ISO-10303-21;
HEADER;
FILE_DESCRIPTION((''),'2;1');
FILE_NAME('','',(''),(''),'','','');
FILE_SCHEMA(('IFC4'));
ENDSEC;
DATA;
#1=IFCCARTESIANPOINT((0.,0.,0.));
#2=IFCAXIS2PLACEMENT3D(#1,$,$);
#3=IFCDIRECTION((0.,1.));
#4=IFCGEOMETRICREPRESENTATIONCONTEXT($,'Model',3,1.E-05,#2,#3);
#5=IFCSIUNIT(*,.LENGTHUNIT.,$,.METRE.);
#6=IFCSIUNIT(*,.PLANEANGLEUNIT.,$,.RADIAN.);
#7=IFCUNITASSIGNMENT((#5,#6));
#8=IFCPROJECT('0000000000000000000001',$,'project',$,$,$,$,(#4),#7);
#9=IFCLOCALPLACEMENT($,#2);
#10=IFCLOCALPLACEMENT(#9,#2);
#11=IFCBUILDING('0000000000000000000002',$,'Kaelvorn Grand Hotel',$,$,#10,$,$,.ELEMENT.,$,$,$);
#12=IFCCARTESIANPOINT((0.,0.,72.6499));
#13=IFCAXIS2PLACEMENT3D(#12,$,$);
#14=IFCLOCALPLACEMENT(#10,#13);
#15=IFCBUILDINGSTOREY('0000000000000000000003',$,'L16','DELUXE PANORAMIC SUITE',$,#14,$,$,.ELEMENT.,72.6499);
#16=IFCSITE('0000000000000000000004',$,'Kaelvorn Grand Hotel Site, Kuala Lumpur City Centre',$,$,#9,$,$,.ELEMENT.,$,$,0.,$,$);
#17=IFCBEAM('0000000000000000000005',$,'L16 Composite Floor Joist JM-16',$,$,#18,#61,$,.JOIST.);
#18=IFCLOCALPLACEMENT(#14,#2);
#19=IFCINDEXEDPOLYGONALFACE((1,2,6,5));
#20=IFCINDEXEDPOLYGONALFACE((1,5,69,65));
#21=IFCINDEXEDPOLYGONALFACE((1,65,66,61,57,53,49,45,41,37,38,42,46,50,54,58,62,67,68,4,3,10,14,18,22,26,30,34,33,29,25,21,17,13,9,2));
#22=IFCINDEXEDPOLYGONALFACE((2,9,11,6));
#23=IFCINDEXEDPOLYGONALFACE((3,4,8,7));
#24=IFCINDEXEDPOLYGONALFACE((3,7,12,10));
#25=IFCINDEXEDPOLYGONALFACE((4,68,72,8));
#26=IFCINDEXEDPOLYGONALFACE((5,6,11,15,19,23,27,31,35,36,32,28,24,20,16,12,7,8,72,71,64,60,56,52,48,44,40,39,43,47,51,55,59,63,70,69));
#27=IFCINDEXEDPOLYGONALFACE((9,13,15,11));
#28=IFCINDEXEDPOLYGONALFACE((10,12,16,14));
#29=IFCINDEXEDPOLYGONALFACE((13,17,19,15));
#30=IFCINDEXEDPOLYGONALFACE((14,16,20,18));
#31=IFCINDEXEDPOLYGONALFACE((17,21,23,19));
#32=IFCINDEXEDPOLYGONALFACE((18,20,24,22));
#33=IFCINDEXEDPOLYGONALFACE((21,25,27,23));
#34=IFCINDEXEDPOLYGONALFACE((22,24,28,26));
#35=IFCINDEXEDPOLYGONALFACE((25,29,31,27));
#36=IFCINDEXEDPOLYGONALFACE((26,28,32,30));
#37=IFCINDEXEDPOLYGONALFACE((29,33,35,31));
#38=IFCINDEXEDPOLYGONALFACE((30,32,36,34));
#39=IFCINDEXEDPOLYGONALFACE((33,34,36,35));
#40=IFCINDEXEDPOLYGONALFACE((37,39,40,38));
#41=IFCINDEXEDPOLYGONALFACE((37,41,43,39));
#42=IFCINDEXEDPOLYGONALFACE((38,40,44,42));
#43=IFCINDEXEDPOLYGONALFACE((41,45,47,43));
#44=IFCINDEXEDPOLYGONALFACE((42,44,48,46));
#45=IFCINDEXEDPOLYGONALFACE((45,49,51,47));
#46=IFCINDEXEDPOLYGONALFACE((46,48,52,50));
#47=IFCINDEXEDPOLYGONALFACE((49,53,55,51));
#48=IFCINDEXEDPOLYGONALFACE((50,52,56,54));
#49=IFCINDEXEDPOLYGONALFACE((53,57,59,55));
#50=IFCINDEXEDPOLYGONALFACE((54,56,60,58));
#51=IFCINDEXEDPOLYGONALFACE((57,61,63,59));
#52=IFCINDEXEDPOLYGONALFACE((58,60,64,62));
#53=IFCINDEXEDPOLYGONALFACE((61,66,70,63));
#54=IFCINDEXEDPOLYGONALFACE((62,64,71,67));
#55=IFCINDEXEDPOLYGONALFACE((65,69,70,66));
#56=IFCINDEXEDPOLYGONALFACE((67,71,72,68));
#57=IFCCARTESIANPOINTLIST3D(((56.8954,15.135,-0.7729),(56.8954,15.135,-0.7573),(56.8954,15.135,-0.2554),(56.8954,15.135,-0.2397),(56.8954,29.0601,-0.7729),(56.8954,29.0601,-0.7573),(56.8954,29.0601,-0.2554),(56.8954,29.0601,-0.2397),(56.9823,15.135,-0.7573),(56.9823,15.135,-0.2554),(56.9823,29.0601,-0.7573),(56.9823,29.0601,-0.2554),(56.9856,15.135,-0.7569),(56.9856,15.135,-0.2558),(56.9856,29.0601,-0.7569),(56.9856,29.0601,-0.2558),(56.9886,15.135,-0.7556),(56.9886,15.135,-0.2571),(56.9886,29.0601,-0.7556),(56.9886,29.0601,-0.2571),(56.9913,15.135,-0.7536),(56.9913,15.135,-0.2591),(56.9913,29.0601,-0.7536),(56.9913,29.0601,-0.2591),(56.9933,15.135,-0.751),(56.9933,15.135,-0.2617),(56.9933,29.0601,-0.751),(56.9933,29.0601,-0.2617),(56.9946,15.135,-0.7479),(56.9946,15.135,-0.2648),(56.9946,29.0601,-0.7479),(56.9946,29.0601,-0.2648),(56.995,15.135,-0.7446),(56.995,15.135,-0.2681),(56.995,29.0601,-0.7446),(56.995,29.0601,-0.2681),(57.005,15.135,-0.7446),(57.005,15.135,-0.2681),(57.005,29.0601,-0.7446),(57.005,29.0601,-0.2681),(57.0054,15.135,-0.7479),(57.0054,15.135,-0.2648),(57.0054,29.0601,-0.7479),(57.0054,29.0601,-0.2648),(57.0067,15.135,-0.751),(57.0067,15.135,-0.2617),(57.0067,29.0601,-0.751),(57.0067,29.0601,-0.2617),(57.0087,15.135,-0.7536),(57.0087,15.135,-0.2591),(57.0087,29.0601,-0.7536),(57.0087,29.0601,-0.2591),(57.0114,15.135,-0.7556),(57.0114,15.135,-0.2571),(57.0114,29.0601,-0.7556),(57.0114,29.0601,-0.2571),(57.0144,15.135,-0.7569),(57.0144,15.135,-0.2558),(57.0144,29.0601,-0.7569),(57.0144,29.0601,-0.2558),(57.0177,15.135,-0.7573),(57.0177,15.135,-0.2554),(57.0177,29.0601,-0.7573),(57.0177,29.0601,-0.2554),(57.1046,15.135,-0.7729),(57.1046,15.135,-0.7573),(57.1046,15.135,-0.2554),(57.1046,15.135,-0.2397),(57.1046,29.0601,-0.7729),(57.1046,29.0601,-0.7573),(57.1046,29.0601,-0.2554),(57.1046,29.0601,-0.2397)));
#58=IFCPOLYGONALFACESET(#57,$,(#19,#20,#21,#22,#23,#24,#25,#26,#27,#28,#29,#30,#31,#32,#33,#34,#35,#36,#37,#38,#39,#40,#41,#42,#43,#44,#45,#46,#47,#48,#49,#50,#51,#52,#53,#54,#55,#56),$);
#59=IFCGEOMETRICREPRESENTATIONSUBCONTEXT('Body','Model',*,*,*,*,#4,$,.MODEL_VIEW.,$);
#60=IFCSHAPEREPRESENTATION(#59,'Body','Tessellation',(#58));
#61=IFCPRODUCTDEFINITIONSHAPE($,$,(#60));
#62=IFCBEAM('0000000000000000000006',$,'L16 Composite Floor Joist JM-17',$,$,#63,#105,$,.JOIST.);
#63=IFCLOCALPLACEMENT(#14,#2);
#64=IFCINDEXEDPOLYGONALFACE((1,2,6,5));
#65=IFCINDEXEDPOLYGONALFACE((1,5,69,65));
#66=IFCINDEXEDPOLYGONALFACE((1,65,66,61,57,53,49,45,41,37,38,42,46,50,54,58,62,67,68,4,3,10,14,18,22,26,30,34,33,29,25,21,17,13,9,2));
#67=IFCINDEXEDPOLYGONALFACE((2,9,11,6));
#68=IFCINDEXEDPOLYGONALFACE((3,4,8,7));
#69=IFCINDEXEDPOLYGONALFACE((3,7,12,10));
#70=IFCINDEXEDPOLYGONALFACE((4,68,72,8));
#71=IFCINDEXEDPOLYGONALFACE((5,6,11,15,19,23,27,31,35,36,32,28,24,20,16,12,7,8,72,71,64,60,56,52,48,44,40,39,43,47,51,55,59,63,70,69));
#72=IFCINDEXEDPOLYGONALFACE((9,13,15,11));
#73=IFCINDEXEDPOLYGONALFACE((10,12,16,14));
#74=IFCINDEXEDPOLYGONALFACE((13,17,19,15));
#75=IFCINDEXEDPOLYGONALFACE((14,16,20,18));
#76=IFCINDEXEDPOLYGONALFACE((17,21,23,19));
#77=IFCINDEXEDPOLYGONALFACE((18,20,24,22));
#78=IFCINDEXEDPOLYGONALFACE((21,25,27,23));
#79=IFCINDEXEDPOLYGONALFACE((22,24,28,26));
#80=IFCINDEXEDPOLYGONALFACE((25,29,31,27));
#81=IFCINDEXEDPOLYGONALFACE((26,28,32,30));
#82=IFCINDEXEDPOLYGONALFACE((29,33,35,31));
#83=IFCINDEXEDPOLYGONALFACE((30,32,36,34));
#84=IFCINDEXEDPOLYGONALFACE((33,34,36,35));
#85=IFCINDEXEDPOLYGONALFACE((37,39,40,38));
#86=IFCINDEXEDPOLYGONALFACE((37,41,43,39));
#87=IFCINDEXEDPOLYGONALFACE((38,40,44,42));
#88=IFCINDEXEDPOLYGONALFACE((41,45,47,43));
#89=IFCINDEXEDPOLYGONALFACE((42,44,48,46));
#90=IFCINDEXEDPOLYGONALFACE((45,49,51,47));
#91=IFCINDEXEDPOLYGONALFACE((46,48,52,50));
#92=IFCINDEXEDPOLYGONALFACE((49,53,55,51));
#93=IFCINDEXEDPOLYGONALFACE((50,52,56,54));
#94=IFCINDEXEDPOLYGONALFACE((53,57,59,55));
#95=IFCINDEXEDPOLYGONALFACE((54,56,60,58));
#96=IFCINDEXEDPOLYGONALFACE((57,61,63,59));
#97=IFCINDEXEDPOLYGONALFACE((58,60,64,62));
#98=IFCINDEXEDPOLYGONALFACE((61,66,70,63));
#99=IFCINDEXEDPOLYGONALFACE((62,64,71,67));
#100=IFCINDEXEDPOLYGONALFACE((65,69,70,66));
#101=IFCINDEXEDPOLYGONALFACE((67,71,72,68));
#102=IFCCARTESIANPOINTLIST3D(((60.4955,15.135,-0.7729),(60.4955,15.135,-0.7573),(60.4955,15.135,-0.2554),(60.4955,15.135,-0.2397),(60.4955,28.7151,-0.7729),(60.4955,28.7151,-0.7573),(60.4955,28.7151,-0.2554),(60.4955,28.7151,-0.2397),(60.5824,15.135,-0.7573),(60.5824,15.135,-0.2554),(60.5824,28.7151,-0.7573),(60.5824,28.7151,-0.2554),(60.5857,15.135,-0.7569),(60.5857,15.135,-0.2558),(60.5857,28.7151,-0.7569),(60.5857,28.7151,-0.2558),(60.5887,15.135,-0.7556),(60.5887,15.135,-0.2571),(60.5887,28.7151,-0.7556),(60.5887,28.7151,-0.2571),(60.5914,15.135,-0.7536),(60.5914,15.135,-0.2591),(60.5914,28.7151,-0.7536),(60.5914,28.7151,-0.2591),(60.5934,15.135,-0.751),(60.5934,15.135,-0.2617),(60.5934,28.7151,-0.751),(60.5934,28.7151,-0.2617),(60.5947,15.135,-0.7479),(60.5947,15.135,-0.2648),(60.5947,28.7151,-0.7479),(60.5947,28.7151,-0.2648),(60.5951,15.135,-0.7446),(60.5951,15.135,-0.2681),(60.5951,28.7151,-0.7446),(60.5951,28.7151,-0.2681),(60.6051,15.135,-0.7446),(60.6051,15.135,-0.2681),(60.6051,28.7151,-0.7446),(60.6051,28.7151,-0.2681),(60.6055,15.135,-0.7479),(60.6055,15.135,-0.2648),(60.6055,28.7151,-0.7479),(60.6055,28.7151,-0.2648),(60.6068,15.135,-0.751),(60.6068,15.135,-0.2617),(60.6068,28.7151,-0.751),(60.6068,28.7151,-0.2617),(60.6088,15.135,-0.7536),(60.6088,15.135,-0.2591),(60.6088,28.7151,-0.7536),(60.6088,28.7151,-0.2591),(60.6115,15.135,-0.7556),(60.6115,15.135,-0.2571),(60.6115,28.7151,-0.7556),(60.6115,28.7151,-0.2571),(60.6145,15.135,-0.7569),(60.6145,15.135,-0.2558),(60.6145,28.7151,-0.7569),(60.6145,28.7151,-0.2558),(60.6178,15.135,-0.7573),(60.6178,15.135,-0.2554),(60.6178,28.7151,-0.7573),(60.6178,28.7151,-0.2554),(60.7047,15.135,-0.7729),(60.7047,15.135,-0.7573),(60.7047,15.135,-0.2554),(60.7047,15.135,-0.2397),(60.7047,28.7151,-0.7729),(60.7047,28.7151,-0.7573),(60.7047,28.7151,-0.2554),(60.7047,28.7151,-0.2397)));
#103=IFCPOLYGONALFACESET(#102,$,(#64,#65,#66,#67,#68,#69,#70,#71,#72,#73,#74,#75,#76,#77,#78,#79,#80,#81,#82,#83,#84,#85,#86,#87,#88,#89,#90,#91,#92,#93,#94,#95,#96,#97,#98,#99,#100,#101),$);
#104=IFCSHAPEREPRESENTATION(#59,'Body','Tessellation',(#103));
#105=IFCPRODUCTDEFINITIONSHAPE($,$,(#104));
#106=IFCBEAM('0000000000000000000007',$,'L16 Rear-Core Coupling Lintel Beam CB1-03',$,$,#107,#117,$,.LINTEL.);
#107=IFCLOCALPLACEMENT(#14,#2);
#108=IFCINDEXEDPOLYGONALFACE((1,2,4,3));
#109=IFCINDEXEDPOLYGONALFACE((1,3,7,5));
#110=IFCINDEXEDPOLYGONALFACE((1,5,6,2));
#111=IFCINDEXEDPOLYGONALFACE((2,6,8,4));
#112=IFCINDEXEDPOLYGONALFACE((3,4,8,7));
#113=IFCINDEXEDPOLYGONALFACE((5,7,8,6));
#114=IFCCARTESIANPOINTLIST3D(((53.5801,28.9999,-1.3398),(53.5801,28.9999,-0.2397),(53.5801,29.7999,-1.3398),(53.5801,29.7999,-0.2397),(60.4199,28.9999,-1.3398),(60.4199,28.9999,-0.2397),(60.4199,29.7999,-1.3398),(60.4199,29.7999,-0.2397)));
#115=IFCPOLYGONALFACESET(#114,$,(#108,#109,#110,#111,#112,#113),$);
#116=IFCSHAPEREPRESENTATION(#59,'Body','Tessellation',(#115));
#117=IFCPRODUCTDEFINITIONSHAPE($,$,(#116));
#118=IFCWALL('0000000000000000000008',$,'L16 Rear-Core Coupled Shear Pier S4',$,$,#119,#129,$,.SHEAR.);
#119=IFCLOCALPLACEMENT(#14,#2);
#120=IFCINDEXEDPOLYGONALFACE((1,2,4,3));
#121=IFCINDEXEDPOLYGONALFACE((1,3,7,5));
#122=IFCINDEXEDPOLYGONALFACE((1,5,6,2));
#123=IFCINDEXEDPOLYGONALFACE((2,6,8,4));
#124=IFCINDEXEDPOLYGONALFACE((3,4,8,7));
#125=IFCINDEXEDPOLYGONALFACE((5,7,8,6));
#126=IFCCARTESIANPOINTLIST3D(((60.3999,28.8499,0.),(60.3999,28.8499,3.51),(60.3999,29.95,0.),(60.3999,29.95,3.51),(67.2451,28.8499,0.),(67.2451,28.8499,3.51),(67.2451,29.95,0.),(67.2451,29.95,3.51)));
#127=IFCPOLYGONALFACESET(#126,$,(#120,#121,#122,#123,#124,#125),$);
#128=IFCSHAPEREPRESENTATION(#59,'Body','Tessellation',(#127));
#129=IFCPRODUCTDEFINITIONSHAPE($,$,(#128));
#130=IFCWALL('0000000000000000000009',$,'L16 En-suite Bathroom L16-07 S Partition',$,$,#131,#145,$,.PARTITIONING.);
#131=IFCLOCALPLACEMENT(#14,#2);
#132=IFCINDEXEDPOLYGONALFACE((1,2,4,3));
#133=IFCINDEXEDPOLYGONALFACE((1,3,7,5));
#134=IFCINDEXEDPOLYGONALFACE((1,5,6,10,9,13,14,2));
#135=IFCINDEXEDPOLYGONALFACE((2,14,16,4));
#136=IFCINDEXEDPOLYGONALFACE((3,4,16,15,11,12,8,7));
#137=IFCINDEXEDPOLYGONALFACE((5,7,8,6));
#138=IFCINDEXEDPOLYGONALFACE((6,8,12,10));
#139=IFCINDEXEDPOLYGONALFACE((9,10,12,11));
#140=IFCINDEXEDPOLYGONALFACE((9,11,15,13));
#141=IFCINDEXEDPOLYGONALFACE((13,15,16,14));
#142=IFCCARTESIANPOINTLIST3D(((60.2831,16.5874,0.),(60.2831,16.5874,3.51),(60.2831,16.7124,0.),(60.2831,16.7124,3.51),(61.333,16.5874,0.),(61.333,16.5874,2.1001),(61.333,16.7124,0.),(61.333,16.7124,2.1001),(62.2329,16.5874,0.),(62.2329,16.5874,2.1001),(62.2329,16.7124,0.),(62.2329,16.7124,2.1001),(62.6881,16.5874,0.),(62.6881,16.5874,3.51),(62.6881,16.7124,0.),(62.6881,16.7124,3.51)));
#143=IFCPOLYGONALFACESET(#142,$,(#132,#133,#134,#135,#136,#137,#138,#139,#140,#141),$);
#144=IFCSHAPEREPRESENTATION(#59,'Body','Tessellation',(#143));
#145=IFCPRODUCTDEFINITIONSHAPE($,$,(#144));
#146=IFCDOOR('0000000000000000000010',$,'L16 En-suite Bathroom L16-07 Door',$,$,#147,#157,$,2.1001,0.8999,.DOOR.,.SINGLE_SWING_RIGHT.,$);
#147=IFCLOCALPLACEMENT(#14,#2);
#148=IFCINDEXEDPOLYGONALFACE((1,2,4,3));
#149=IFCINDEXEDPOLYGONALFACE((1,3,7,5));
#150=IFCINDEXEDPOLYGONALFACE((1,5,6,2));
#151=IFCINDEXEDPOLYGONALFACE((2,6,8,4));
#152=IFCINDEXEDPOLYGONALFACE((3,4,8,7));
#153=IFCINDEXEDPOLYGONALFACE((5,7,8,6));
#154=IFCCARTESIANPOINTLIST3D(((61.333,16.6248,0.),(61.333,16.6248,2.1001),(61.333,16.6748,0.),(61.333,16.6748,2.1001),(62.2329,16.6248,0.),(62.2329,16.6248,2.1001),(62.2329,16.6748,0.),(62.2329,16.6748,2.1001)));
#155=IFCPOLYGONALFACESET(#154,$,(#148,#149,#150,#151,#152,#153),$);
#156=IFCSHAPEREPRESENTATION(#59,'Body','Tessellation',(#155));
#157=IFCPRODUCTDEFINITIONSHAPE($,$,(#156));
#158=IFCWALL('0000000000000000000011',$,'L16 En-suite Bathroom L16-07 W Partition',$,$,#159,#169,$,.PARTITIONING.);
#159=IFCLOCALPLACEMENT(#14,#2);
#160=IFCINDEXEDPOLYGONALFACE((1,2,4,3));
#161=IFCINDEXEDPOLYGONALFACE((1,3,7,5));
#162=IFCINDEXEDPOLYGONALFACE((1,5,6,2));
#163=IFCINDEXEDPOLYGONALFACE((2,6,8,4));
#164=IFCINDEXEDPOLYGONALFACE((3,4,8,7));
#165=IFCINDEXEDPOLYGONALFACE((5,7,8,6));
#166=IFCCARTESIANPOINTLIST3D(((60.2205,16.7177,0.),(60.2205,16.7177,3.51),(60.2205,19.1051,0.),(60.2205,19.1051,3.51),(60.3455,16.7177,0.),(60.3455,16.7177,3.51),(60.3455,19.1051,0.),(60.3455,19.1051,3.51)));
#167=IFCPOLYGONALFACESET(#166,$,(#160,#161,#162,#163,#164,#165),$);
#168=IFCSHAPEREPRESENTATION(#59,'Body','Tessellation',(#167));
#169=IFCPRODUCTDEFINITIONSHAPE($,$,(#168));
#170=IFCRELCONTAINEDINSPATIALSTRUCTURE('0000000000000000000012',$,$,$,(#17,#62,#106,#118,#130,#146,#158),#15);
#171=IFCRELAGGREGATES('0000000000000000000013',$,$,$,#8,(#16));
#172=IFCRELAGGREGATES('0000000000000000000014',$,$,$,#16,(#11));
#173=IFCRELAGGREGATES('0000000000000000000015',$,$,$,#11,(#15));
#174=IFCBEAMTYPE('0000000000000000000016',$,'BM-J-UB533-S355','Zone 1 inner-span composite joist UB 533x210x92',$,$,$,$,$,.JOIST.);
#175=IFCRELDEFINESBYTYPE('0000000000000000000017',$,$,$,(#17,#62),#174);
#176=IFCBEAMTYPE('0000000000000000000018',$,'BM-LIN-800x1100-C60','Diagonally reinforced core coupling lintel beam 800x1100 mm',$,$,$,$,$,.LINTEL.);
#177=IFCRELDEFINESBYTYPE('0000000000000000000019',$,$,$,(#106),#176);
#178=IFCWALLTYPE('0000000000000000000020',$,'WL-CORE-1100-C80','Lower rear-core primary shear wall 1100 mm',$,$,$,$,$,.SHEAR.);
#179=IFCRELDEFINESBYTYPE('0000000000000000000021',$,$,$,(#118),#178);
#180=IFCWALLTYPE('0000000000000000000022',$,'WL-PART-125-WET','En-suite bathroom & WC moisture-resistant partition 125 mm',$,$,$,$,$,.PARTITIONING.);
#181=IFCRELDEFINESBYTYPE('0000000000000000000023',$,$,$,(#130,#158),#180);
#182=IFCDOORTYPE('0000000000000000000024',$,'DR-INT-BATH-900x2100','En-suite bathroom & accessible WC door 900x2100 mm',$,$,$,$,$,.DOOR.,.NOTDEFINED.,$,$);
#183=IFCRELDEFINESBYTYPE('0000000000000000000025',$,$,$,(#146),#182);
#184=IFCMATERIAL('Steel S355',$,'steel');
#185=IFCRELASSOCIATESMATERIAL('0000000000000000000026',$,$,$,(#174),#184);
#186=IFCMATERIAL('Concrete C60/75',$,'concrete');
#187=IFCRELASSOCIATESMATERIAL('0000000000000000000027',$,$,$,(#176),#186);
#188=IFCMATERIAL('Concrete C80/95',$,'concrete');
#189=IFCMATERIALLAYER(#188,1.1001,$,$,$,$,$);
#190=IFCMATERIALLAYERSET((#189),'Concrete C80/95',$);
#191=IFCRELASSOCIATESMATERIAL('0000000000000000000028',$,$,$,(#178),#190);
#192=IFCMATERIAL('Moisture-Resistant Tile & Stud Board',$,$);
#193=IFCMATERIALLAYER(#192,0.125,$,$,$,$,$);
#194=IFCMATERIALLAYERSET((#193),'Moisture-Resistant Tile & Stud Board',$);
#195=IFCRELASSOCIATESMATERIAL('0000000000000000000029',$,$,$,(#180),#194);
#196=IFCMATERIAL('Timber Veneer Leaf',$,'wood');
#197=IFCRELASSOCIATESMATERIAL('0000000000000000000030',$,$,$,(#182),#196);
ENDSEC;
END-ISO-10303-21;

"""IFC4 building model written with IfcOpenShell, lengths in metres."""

from ifc_helpers import new_model, si_unit, direction, frame, frame_2d, origin, origin_2d, place, context, subcontext, project, spatial, rectangle, i_section, extrude, material, layer, layer_set, material_profile, profile_set, type_object, element, fill, save


model = new_model("IFC4")

# Units and contexts
model_context = context("Model", 3, precision=1e-05, world=origin(), true_north=direction((0.0, 1.0)))
body_context = subcontext(model_context, "Body", "Model", "MODEL_VIEW")
ifc_project = project(units=[si_unit("LENGTHUNIT", "METRE"), si_unit("PLANEANGLEUNIT", "RADIAN")], contexts=[model_context])

# Site, building, storey
site_placement = place(None, origin())
site = spatial("IfcSite", under=ifc_project, at=site_placement, Name="Kaelvorn Grand Hotel Site, Kuala Lumpur City Centre", CompositionType="ELEMENT", RefElevation=0.0)
building_placement = place(site_placement, origin())
building = spatial("IfcBuilding", under=site, at=building_placement, Name="Kaelvorn Grand Hotel", CompositionType="ELEMENT")
storey_placement = place(building_placement, frame((0.0, 0.0, 72.6499)))
storey = spatial("IfcBuildingStorey", under=building, at=storey_placement, Name="L16", Description="DELUXE PANORAMIC SUITE", CompositionType="ELEMENT", Elevation=72.6499)

# Beams
ifc_material_1 = material(Name="Steel S355", Category="steel")
ifc_material_profile_1 = material_profile(ifc_material_1, i_section(OverallWidth=0.2092, OverallDepth=0.5332, WebThickness=0.01, FlangeThickness=0.0156, FilletRadius=0.0127, at=origin_2d()), Name="UB 533x210x92")
ifc_profile_set_1 = profile_set([ifc_material_profile_1], Name="Steel S355")
beam_type_1 = type_object("IfcBeamType", Name="BM-J-UB533-S355", Description="Zone 1 inner-span composite joist UB 533x210x92", PredefinedType="JOIST", material=ifc_profile_set_1)
beam_1_placement = place(storey_placement, frame((57.0, 15.135, -0.5063), z_axis=(0.0, 1.0, 0.0), x_axis=(-1.0, 0.0, 0.0)))
element("IfcBeam", 1, at=beam_1_placement, inside=storey, type_object=beam_type_1, Name="L16 Composite Floor Joist JM-16", PredefinedType="JOIST", context=body_context, shape_type="SweptSolid", body=[
    extrude(i_section(OverallWidth=0.2092, OverallDepth=0.5332, WebThickness=0.01, FlangeThickness=0.0156, FilletRadius=0.0127, at=origin_2d()), origin(), (0.0, 0.0, 1.0), 13.925),
])
beam_2_placement = place(storey_placement, frame((60.6001, 15.135, -0.5063), z_axis=(0.0, 1.0, 0.0), x_axis=(-1.0, 0.0, 0.0)))
element("IfcBeam", 2, at=beam_2_placement, inside=storey, type_object=beam_type_1, Name="L16 Composite Floor Joist JM-17", PredefinedType="JOIST", context=body_context, shape_type="SweptSolid", body=[
    extrude(i_section(OverallWidth=0.2092, OverallDepth=0.5332, WebThickness=0.01, FlangeThickness=0.0156, FilletRadius=0.0127, at=origin_2d()), origin(), (0.0, 0.0, 1.0), 13.5801),
])
ifc_material_2 = material(Name="Concrete C60/75", Category="concrete")
ifc_material_profile_2 = material_profile(ifc_material_2, rectangle(XDim=0.8, YDim=1.1001, at=origin_2d()), Name="RC LINTEL 800x1100")
ifc_profile_set_2 = profile_set([ifc_material_profile_2], Name="Concrete C60/75")
beam_type_2 = type_object("IfcBeamType", Name="BM-LIN-800x1100-C60", Description="Diagonally reinforced core coupling lintel beam 800x1100 mm", PredefinedType="LINTEL", material=ifc_profile_set_2)
beam_3_placement = place(storey_placement, frame((53.5801, 29.3999, -0.7898), z_axis=(1.0, 0.0, 0.0), x_axis=(0.0, 1.0, 0.0)))
element("IfcBeam", 3, at=beam_3_placement, inside=storey, type_object=beam_type_2, Name="L16 Rear-Core Coupling Lintel Beam CB1-03", PredefinedType="LINTEL", context=body_context, shape_type="SweptSolid", body=[
    extrude(rectangle(XDim=0.8, YDim=1.1001, at=origin_2d()), origin(), (0.0, 0.0, 1.0), 6.8398),
])

# Wall
ifc_material_3 = material(Name="Concrete C80/95", Category="concrete")
ifc_layer_1 = layer(ifc_material_3, 1.1001)
ifc_layer_set_1 = layer_set([ifc_layer_1], Name="Concrete C80/95")
wall_type_1 = type_object("IfcWallType", Name="WL-CORE-1100-C80", Description="Lower rear-core primary shear wall 1100 mm", PredefinedType="SHEAR", material=ifc_layer_set_1)
wall_1_placement = place(storey_placement, frame((60.3999, 29.3999, 0.0), z_axis=(0.0, 0.0, 1.0), x_axis=(1.0, 0.0, 0.0)))
element("IfcWall", 4, at=wall_1_placement, inside=storey, type_object=wall_type_1, Name="L16 Rear-Core Coupled Shear Pier S4", PredefinedType="SHEAR", context=body_context, shape_type="SweptSolid", body=[
    extrude(rectangle(XDim=6.8452, YDim=1.1001, at=frame_2d((3.4226, 0.0))), origin(), (0.0, 0.0, 1.0), 3.51),
])

# Wall, opening, door
ifc_material_4 = material(Name="Moisture-Resistant Tile & Stud Board")
ifc_layer_2 = layer(ifc_material_4, 0.125)
ifc_layer_set_2 = layer_set([ifc_layer_2], Name="Moisture-Resistant Tile & Stud Board")
wall_type_2 = type_object("IfcWallType", Name="WL-PART-125-WET", Description="En-suite bathroom & WC moisture-resistant partition 125 mm", PredefinedType="PARTITIONING", material=ifc_layer_set_2)
wall_2_placement = place(storey_placement, frame((60.283, 16.6499, 0.0), z_axis=(0.0, 0.0, 1.0), x_axis=(1.0, 0.0, 0.0)))
wall_2 = element("IfcWall", 5, at=wall_2_placement, inside=storey, type_object=wall_type_2, Name="L16 En-suite Bathroom L16-07 S Partition", PredefinedType="PARTITIONING", context=body_context, shape_type="SweptSolid", body=[
    extrude(rectangle(XDim=2.405, YDim=0.125, at=frame_2d((1.2026, 0.0))), origin(), (0.0, 0.0, 1.0), 3.51),
])
opening_1_placement = place(wall_2_placement, frame((1.05, 0.0, 0.0)))
opening_1 = element("IfcOpeningElement", 6, at=opening_1_placement, cuts=wall_2, PredefinedType="OPENING", context=body_context, shape_type="SweptSolid", body=[
    extrude(rectangle(XDim=0.8999, YDim=2.1001, at=frame_2d((0.45, 1.05))), frame((0.0, 0.0725, 0.0), z_axis=(0.0, -1.0, 0.0), x_axis=(1.0, 0.0, 0.0)), (0.0, 0.0, 1.0), 0.145),
])
ifc_material_5 = material(Name="Timber Veneer Leaf", Category="wood")
door_type_1 = type_object("IfcDoorType", Name="DR-INT-BATH-900x2100", Description="En-suite bathroom & accessible WC door 900x2100 mm", OperationType="NOTDEFINED", PredefinedType="DOOR", material=ifc_material_5)
door_1_placement = place(opening_1_placement, origin())
door_1 = element("IfcDoor", 7, at=door_1_placement, inside=storey, type_object=door_type_1, Name="L16 En-suite Bathroom L16-07 Door", OperationType="SINGLE_SWING_RIGHT", OverallHeight=2.1001, OverallWidth=0.8999, PredefinedType="DOOR", context=body_context, shape_type="SweptSolid", body=[
    extrude(rectangle(XDim=0.8999, YDim=2.1001, at=frame_2d((0.45, 1.05))), frame((0.0, 0.0249, 0.0), z_axis=(0.0, -1.0, 0.0), x_axis=(1.0, 0.0, 0.0)), (0.0, 0.0, 1.0), 0.05),
])
fill(opening_1, door_1)

# Wall
wall_3_placement = place(storey_placement, frame((60.283, 16.7175, 0.0), z_axis=(0.0, 0.0, 1.0), x_axis=(0.0, 1.0, 0.0)))
element("IfcWall", 8, at=wall_3_placement, inside=storey, type_object=wall_type_2, Name="L16 En-suite Bathroom L16-07 W Partition", PredefinedType="PARTITIONING", context=body_context, shape_type="SweptSolid", body=[
    extrude(rectangle(XDim=2.3875, YDim=0.125, at=frame_2d((1.1938, 0.0))), origin(), (0.0, 0.0, 1.0), 3.51),
])

save(model, "model.ifc")
